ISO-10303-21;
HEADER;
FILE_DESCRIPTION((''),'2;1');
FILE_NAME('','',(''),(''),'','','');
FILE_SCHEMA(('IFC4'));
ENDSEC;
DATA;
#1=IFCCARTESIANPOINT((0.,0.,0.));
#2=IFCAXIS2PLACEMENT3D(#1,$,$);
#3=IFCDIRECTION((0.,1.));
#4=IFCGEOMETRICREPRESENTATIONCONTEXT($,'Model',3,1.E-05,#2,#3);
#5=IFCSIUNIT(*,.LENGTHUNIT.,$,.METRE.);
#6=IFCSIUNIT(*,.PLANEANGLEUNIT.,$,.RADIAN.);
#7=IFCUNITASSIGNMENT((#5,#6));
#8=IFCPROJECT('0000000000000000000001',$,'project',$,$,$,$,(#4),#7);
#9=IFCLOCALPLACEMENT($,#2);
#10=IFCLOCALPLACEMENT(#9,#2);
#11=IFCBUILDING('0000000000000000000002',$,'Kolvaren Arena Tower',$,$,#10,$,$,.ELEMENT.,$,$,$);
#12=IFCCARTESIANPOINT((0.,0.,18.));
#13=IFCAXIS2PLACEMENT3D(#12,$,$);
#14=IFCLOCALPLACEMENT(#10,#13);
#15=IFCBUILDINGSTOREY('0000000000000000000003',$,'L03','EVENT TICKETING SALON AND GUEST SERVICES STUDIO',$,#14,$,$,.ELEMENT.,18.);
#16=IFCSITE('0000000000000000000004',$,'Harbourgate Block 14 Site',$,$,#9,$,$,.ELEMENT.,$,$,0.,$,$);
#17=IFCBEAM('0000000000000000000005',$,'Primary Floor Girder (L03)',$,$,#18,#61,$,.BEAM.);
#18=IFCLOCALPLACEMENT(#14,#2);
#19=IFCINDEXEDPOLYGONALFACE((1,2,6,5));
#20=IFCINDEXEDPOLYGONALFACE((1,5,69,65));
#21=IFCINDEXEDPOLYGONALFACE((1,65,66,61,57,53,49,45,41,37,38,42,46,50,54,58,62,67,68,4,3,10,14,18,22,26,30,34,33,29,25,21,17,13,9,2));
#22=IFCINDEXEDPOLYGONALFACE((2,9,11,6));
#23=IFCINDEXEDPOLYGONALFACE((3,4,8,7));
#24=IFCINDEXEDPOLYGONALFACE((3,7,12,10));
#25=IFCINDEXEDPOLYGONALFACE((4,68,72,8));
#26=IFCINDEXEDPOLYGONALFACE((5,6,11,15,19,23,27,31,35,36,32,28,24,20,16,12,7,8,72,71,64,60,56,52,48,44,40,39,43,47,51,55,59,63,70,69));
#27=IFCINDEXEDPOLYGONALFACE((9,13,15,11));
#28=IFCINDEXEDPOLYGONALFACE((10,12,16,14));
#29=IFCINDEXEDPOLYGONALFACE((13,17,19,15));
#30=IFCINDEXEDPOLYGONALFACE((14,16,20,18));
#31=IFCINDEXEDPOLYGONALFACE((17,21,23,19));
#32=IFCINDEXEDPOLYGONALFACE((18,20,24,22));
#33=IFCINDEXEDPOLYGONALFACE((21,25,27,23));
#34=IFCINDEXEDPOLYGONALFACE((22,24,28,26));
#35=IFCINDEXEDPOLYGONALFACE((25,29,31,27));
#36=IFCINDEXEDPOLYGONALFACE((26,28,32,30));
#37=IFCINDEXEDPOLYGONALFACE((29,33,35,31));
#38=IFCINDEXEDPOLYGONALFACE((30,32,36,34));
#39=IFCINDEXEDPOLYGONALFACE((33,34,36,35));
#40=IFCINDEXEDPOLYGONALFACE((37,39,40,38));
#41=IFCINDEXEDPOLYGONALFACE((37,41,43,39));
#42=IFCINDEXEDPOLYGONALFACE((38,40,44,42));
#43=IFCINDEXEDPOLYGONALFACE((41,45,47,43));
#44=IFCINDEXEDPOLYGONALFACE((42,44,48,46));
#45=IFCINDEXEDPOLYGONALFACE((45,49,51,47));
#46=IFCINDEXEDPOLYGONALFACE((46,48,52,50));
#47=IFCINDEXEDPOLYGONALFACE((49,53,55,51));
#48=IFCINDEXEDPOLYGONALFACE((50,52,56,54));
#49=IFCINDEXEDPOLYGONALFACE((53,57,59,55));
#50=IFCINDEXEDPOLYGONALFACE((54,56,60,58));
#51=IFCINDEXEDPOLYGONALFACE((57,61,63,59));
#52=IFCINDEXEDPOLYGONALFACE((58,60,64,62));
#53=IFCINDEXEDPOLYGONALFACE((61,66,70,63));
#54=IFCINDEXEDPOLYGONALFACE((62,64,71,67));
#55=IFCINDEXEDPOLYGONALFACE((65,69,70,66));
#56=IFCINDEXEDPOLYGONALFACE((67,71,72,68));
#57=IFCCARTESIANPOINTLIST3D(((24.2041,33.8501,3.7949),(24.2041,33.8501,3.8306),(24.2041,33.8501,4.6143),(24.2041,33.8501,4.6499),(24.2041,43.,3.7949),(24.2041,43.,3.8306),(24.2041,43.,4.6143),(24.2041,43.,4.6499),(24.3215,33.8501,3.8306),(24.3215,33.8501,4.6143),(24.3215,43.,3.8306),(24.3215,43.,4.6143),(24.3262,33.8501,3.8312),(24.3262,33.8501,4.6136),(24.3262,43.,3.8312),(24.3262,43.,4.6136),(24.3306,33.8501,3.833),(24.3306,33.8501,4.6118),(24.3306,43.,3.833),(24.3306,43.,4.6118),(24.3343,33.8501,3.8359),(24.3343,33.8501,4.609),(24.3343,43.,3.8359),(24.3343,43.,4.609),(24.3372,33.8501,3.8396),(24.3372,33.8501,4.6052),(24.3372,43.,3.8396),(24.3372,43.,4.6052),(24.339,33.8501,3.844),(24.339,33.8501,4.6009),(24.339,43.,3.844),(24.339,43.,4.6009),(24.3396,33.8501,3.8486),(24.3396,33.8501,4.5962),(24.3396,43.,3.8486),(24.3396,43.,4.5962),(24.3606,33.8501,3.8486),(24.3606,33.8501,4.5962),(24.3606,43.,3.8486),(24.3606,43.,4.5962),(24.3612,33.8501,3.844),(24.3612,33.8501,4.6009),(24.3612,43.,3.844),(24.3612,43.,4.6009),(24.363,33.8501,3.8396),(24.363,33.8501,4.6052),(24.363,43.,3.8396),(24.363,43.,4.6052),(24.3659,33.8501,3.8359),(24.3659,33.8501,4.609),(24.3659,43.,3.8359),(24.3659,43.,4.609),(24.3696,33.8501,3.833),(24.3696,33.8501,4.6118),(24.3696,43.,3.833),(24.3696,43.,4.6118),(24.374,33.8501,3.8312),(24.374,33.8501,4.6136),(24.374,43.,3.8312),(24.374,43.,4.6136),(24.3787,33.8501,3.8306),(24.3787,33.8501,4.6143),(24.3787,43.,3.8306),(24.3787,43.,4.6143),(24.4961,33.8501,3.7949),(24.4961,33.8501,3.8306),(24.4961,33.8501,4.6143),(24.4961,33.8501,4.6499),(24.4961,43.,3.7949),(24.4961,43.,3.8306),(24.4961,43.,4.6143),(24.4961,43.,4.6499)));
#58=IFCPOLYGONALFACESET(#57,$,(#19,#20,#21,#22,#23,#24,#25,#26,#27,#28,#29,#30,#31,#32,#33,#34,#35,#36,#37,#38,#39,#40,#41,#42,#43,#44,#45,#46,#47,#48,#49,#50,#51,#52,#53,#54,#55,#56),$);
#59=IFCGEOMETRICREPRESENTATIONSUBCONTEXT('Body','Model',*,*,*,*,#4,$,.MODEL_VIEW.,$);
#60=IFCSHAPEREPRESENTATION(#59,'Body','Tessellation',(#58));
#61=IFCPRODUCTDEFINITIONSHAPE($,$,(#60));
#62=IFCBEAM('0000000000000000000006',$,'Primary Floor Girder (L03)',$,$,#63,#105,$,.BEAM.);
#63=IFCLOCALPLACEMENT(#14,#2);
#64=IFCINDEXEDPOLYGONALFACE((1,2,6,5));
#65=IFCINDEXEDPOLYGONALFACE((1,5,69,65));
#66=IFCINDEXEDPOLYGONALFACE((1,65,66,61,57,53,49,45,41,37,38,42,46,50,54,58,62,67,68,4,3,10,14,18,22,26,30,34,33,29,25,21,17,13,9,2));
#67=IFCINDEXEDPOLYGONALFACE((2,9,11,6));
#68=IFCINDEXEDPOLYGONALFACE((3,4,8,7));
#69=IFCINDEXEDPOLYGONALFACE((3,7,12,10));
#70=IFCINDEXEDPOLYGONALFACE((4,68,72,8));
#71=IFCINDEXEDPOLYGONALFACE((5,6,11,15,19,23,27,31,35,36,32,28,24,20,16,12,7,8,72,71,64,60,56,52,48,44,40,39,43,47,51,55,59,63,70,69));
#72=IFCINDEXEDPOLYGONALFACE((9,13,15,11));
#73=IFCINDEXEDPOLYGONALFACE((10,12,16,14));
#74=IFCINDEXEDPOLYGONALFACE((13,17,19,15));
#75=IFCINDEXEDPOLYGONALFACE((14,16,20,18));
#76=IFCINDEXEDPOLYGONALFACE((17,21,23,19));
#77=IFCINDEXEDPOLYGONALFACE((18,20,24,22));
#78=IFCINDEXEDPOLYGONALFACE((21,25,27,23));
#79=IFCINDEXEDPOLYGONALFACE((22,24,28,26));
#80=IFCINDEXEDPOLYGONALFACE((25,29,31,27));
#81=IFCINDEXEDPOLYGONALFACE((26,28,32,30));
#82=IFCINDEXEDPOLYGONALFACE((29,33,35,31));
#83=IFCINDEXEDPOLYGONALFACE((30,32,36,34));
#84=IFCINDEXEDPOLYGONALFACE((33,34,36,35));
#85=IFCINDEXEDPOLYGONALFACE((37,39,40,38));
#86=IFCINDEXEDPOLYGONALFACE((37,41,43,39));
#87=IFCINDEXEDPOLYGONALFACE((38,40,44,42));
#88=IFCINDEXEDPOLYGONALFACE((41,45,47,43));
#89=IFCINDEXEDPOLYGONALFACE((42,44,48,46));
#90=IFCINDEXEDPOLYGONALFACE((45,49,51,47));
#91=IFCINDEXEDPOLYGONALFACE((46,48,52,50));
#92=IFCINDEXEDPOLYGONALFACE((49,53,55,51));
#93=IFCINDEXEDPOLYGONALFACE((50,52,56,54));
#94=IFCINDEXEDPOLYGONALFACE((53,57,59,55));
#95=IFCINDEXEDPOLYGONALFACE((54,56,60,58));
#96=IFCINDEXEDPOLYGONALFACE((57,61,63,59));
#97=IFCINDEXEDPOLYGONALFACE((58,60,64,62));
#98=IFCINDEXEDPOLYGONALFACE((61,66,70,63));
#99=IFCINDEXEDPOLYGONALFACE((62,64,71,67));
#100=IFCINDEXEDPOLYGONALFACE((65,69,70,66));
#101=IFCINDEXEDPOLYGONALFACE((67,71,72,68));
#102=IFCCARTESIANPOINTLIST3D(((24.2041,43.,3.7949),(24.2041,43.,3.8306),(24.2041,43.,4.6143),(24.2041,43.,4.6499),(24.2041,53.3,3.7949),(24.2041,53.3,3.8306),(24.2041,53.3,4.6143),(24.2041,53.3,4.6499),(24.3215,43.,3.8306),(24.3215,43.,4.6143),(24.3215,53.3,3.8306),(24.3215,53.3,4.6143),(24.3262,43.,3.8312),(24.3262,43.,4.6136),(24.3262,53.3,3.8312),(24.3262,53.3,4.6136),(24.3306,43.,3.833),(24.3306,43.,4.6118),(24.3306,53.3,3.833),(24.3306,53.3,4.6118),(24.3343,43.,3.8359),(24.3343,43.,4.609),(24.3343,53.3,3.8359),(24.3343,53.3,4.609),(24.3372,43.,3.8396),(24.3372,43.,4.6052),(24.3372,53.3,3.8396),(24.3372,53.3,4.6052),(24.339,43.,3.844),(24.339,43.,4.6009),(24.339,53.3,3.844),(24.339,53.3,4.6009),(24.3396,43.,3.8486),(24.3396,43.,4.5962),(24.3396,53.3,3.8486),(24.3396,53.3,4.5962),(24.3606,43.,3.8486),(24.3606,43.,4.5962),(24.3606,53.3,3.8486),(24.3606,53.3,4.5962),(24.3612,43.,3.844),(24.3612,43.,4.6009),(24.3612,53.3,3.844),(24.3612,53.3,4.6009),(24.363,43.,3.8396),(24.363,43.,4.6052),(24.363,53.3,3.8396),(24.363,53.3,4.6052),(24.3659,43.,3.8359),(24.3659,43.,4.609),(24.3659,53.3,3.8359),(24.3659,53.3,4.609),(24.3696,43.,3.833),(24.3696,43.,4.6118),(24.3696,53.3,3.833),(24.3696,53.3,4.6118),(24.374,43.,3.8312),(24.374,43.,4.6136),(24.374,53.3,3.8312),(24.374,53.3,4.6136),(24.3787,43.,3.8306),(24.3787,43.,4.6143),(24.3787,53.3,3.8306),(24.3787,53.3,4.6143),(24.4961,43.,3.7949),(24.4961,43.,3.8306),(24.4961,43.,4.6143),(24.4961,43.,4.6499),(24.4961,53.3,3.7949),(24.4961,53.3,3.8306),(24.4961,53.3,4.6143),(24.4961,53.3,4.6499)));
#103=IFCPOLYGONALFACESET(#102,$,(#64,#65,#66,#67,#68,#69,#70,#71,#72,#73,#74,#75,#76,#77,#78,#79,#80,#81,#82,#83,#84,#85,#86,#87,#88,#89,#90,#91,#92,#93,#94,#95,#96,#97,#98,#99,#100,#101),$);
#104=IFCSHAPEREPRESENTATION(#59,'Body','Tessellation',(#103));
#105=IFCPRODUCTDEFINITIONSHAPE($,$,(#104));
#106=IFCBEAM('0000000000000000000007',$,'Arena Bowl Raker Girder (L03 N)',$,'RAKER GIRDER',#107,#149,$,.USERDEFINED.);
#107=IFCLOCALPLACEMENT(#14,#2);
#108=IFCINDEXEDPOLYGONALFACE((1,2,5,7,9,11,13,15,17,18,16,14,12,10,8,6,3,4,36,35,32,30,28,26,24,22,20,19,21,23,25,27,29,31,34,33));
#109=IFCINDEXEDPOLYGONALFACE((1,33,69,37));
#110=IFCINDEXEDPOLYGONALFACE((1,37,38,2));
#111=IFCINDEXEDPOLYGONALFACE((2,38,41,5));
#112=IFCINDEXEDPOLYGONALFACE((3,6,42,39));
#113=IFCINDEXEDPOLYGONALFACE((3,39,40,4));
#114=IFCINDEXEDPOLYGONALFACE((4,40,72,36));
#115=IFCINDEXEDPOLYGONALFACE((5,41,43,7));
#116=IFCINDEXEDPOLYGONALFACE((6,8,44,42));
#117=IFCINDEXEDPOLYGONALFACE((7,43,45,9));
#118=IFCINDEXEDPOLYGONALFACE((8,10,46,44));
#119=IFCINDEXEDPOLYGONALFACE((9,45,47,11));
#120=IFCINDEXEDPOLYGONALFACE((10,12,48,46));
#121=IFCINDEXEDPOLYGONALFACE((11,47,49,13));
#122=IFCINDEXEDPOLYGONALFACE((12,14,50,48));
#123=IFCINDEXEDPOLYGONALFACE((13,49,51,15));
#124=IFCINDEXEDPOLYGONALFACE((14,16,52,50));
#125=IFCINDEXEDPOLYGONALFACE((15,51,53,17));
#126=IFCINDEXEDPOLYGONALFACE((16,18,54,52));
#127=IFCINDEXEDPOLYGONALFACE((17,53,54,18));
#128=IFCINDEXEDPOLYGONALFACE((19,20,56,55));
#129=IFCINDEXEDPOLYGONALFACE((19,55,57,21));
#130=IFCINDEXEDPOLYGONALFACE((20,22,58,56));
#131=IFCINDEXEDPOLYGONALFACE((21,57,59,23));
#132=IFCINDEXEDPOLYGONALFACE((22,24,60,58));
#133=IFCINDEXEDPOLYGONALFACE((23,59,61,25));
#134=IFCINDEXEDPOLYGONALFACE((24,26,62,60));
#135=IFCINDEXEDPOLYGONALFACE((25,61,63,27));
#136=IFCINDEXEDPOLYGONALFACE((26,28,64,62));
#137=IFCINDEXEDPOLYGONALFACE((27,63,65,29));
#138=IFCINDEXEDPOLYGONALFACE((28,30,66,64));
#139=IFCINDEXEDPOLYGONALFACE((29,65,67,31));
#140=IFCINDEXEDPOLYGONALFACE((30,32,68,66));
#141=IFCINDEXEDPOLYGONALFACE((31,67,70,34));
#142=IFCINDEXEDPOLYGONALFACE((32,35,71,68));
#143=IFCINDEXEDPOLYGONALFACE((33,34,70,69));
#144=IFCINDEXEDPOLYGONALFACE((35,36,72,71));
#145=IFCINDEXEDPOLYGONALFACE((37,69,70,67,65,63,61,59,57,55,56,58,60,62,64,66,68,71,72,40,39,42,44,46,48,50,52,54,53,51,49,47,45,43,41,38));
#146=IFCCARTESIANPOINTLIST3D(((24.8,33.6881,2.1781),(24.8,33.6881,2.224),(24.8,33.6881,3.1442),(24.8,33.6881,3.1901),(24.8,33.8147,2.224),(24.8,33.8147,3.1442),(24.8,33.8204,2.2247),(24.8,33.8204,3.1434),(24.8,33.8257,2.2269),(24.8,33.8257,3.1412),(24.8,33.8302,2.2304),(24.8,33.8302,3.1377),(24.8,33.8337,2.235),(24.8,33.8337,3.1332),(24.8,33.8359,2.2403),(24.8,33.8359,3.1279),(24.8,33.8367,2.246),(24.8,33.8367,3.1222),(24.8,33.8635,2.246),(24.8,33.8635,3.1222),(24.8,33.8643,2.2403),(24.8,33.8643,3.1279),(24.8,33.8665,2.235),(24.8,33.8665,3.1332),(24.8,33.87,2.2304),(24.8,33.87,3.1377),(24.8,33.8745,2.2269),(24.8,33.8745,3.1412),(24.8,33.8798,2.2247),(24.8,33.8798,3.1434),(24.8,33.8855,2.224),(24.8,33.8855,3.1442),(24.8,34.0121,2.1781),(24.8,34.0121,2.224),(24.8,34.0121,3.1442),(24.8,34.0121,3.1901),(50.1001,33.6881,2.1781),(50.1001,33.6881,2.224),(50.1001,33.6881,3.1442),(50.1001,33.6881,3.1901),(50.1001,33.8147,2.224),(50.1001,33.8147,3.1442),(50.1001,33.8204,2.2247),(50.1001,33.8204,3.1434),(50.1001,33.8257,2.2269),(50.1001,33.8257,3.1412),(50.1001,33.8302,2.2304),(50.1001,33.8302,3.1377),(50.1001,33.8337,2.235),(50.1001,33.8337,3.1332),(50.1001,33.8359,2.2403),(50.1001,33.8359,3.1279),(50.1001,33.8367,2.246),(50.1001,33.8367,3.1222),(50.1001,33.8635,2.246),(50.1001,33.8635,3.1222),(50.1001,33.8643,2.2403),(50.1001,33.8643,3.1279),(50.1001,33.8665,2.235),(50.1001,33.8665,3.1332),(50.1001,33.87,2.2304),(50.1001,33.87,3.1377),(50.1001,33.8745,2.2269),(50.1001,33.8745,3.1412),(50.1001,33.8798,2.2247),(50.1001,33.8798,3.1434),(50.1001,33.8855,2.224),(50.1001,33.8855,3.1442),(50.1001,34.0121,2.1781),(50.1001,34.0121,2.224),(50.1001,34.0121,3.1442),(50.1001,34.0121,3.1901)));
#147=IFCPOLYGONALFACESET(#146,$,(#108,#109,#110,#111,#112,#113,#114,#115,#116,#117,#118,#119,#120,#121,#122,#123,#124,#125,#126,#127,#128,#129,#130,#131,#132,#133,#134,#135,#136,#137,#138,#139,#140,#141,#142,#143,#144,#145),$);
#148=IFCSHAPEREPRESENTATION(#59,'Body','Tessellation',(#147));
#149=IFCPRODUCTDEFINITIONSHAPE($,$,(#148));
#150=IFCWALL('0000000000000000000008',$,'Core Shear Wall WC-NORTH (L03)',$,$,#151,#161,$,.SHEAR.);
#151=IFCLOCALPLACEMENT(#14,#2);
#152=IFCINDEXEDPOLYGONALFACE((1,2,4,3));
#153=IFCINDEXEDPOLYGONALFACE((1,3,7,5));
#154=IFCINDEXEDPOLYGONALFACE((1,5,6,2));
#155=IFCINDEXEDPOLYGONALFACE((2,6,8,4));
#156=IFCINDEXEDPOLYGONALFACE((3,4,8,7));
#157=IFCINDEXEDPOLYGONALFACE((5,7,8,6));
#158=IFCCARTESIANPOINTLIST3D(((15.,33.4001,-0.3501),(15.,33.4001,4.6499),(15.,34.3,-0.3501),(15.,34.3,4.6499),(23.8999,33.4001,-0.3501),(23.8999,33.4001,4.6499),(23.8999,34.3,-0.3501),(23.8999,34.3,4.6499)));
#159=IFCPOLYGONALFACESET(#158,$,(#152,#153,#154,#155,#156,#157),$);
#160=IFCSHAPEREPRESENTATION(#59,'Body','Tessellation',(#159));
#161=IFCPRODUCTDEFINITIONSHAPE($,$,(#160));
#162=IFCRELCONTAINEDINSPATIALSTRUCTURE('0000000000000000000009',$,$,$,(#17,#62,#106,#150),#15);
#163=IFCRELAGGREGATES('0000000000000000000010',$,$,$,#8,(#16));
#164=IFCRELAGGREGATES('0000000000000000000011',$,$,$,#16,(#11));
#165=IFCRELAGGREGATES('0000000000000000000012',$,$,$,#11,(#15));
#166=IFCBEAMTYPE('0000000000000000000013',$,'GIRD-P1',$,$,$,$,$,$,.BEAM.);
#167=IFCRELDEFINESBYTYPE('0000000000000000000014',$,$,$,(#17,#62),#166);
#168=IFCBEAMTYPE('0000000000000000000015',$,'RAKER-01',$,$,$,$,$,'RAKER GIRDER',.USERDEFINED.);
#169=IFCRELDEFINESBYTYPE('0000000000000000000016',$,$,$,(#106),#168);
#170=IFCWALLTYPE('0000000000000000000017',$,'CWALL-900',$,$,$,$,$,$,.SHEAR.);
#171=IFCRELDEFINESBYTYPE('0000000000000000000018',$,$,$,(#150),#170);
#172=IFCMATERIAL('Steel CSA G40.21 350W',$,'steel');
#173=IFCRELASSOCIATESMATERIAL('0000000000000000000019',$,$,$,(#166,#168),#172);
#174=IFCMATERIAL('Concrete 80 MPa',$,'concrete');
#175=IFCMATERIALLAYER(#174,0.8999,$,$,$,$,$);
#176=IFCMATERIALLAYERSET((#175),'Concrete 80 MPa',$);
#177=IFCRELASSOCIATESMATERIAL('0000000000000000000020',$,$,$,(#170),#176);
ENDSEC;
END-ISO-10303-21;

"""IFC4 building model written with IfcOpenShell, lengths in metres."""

from ifc_helpers import new_model, si_unit, direction, frame, frame_2d, origin, origin_2d, place, context, subcontext, project, spatial, rectangle, i_section, extrude, material, layer, layer_set, material_profile, profile_set, type_object, element, save


model = new_model("IFC4")

# Units and contexts
model_context = context("Model", 3, precision=1e-05, world=origin(), true_north=direction((0.0, 1.0)))
body_context = subcontext(model_context, "Body", "Model", "MODEL_VIEW")
ifc_project = project(units=[si_unit("LENGTHUNIT", "METRE"), si_unit("PLANEANGLEUNIT", "RADIAN")], contexts=[model_context])

# Site, building, storey
site_placement = place(None, origin())
site = spatial("IfcSite", under=ifc_project, at=site_placement, Name="Harbourgate Block 14 Site", CompositionType="ELEMENT", RefElevation=0.0)
building_placement = place(site_placement, origin())
building = spatial("IfcBuilding", under=site, at=building_placement, Name="Kolvaren Arena Tower", CompositionType="ELEMENT")
storey_placement = place(building_placement, frame((0.0, 0.0, 18.0)))
storey = spatial("IfcBuildingStorey", under=building, at=storey_placement, Name="L03", Description="EVENT TICKETING SALON AND GUEST SERVICES STUDIO", CompositionType="ELEMENT", Elevation=18.0)

# Beams
ifc_material_1 = material(Name="Steel CSA G40.21 350W", Category="steel")
ifc_material_profile_1 = material_profile(ifc_material_1, i_section(OverallWidth=0.292, OverallDepth=0.855, WebThickness=0.021, FlangeThickness=0.0356, FilletRadius=0.0181, at=origin_2d()), Name="W840x299")
ifc_profile_set_1 = profile_set([ifc_material_profile_1], Name="Steel CSA G40.21 350W")
beam_type_1 = type_object("IfcBeamType", Name="GIRD-P1", PredefinedType="BEAM", material=ifc_profile_set_1)
beam_1_placement = place(storey_placement, frame((24.3501, 33.8501, 4.2224), z_axis=(0.0, 1.0, 0.0), x_axis=(-1.0, 0.0, 0.0)))
element("IfcBeam", 1, at=beam_1_placement, inside=storey, type_object=beam_type_1, Name="Primary Floor Girder (L03)", PredefinedType="BEAM", context=body_context, shape_type="SweptSolid", body=[
    extrude(i_section(OverallWidth=0.292, OverallDepth=0.855, WebThickness=0.021, FlangeThickness=0.0356, FilletRadius=0.0181, at=origin_2d()), origin(), (0.0, 0.0, 1.0), 9.1499),
])
beam_2_placement = place(storey_placement, frame((24.3501, 43.0, 4.2224), z_axis=(0.0, 1.0, 0.0), x_axis=(-1.0, 0.0, 0.0)))
element("IfcBeam", 2, at=beam_2_placement, inside=storey, type_object=beam_type_1, Name="Primary Floor Girder (L03)", PredefinedType="BEAM", context=body_context, shape_type="SweptSolid", body=[
    extrude(i_section(OverallWidth=0.292, OverallDepth=0.855, WebThickness=0.021, FlangeThickness=0.0356, FilletRadius=0.0181, at=origin_2d()), origin(), (0.0, 0.0, 1.0), 10.3),
])
ifc_material_profile_2 = material_profile(ifc_material_1, i_section(OverallWidth=0.324, OverallDepth=1.012, WebThickness=0.0269, FlangeThickness=0.0459, FilletRadius=0.022, at=origin_2d()), Name="W1000x443")
ifc_profile_set_2 = profile_set([ifc_material_profile_2], Name="Steel CSA G40.21 350W")
beam_type_2 = type_object("IfcBeamType", Name="RAKER-01", ElementType="RAKER GIRDER", PredefinedType="USERDEFINED", material=ifc_profile_set_2)
beam_3_placement = place(storey_placement, frame((24.8, 33.8501, 2.6841), z_axis=(1.0, 0.0, 0.0), x_axis=(0.0, 1.0, 0.0)))
element("IfcBeam", 3, at=beam_3_placement, inside=storey, type_object=beam_type_2, Name="Arena Bowl Raker Girder (L03 N)", ObjectType="RAKER GIRDER", PredefinedType="USERDEFINED", context=body_context, shape_type="SweptSolid", body=[
    extrude(i_section(OverallWidth=0.324, OverallDepth=1.012, WebThickness=0.0269, FlangeThickness=0.0459, FilletRadius=0.022, at=origin_2d()), origin(), (0.0, 0.0, 1.0), 25.3),
])

# Wall
ifc_material_2 = material(Name="Concrete 80 MPa", Category="concrete")
ifc_layer_1 = layer(ifc_material_2, 0.8999)
ifc_layer_set_1 = layer_set([ifc_layer_1], Name="Concrete 80 MPa")
wall_type_1 = type_object("IfcWallType", Name="CWALL-900", PredefinedType="SHEAR", material=ifc_layer_set_1)
wall_1_placement = place(storey_placement, frame((15.0, 33.8501, -0.3501), z_axis=(0.0, 0.0, 1.0), x_axis=(1.0, 0.0, 0.0)))
element("IfcWall", 4, at=wall_1_placement, inside=storey, type_object=wall_type_1, Name="Core Shear Wall WC-NORTH (L03)", PredefinedType="SHEAR", context=body_context, shape_type="SweptSolid", body=[
    extrude(rectangle(XDim=8.8999, YDim=0.8999, at=frame_2d((4.45, 0.0))), origin(), (0.0, 0.0, 1.0), 5.0),
])

save(model, "model.ifc")
